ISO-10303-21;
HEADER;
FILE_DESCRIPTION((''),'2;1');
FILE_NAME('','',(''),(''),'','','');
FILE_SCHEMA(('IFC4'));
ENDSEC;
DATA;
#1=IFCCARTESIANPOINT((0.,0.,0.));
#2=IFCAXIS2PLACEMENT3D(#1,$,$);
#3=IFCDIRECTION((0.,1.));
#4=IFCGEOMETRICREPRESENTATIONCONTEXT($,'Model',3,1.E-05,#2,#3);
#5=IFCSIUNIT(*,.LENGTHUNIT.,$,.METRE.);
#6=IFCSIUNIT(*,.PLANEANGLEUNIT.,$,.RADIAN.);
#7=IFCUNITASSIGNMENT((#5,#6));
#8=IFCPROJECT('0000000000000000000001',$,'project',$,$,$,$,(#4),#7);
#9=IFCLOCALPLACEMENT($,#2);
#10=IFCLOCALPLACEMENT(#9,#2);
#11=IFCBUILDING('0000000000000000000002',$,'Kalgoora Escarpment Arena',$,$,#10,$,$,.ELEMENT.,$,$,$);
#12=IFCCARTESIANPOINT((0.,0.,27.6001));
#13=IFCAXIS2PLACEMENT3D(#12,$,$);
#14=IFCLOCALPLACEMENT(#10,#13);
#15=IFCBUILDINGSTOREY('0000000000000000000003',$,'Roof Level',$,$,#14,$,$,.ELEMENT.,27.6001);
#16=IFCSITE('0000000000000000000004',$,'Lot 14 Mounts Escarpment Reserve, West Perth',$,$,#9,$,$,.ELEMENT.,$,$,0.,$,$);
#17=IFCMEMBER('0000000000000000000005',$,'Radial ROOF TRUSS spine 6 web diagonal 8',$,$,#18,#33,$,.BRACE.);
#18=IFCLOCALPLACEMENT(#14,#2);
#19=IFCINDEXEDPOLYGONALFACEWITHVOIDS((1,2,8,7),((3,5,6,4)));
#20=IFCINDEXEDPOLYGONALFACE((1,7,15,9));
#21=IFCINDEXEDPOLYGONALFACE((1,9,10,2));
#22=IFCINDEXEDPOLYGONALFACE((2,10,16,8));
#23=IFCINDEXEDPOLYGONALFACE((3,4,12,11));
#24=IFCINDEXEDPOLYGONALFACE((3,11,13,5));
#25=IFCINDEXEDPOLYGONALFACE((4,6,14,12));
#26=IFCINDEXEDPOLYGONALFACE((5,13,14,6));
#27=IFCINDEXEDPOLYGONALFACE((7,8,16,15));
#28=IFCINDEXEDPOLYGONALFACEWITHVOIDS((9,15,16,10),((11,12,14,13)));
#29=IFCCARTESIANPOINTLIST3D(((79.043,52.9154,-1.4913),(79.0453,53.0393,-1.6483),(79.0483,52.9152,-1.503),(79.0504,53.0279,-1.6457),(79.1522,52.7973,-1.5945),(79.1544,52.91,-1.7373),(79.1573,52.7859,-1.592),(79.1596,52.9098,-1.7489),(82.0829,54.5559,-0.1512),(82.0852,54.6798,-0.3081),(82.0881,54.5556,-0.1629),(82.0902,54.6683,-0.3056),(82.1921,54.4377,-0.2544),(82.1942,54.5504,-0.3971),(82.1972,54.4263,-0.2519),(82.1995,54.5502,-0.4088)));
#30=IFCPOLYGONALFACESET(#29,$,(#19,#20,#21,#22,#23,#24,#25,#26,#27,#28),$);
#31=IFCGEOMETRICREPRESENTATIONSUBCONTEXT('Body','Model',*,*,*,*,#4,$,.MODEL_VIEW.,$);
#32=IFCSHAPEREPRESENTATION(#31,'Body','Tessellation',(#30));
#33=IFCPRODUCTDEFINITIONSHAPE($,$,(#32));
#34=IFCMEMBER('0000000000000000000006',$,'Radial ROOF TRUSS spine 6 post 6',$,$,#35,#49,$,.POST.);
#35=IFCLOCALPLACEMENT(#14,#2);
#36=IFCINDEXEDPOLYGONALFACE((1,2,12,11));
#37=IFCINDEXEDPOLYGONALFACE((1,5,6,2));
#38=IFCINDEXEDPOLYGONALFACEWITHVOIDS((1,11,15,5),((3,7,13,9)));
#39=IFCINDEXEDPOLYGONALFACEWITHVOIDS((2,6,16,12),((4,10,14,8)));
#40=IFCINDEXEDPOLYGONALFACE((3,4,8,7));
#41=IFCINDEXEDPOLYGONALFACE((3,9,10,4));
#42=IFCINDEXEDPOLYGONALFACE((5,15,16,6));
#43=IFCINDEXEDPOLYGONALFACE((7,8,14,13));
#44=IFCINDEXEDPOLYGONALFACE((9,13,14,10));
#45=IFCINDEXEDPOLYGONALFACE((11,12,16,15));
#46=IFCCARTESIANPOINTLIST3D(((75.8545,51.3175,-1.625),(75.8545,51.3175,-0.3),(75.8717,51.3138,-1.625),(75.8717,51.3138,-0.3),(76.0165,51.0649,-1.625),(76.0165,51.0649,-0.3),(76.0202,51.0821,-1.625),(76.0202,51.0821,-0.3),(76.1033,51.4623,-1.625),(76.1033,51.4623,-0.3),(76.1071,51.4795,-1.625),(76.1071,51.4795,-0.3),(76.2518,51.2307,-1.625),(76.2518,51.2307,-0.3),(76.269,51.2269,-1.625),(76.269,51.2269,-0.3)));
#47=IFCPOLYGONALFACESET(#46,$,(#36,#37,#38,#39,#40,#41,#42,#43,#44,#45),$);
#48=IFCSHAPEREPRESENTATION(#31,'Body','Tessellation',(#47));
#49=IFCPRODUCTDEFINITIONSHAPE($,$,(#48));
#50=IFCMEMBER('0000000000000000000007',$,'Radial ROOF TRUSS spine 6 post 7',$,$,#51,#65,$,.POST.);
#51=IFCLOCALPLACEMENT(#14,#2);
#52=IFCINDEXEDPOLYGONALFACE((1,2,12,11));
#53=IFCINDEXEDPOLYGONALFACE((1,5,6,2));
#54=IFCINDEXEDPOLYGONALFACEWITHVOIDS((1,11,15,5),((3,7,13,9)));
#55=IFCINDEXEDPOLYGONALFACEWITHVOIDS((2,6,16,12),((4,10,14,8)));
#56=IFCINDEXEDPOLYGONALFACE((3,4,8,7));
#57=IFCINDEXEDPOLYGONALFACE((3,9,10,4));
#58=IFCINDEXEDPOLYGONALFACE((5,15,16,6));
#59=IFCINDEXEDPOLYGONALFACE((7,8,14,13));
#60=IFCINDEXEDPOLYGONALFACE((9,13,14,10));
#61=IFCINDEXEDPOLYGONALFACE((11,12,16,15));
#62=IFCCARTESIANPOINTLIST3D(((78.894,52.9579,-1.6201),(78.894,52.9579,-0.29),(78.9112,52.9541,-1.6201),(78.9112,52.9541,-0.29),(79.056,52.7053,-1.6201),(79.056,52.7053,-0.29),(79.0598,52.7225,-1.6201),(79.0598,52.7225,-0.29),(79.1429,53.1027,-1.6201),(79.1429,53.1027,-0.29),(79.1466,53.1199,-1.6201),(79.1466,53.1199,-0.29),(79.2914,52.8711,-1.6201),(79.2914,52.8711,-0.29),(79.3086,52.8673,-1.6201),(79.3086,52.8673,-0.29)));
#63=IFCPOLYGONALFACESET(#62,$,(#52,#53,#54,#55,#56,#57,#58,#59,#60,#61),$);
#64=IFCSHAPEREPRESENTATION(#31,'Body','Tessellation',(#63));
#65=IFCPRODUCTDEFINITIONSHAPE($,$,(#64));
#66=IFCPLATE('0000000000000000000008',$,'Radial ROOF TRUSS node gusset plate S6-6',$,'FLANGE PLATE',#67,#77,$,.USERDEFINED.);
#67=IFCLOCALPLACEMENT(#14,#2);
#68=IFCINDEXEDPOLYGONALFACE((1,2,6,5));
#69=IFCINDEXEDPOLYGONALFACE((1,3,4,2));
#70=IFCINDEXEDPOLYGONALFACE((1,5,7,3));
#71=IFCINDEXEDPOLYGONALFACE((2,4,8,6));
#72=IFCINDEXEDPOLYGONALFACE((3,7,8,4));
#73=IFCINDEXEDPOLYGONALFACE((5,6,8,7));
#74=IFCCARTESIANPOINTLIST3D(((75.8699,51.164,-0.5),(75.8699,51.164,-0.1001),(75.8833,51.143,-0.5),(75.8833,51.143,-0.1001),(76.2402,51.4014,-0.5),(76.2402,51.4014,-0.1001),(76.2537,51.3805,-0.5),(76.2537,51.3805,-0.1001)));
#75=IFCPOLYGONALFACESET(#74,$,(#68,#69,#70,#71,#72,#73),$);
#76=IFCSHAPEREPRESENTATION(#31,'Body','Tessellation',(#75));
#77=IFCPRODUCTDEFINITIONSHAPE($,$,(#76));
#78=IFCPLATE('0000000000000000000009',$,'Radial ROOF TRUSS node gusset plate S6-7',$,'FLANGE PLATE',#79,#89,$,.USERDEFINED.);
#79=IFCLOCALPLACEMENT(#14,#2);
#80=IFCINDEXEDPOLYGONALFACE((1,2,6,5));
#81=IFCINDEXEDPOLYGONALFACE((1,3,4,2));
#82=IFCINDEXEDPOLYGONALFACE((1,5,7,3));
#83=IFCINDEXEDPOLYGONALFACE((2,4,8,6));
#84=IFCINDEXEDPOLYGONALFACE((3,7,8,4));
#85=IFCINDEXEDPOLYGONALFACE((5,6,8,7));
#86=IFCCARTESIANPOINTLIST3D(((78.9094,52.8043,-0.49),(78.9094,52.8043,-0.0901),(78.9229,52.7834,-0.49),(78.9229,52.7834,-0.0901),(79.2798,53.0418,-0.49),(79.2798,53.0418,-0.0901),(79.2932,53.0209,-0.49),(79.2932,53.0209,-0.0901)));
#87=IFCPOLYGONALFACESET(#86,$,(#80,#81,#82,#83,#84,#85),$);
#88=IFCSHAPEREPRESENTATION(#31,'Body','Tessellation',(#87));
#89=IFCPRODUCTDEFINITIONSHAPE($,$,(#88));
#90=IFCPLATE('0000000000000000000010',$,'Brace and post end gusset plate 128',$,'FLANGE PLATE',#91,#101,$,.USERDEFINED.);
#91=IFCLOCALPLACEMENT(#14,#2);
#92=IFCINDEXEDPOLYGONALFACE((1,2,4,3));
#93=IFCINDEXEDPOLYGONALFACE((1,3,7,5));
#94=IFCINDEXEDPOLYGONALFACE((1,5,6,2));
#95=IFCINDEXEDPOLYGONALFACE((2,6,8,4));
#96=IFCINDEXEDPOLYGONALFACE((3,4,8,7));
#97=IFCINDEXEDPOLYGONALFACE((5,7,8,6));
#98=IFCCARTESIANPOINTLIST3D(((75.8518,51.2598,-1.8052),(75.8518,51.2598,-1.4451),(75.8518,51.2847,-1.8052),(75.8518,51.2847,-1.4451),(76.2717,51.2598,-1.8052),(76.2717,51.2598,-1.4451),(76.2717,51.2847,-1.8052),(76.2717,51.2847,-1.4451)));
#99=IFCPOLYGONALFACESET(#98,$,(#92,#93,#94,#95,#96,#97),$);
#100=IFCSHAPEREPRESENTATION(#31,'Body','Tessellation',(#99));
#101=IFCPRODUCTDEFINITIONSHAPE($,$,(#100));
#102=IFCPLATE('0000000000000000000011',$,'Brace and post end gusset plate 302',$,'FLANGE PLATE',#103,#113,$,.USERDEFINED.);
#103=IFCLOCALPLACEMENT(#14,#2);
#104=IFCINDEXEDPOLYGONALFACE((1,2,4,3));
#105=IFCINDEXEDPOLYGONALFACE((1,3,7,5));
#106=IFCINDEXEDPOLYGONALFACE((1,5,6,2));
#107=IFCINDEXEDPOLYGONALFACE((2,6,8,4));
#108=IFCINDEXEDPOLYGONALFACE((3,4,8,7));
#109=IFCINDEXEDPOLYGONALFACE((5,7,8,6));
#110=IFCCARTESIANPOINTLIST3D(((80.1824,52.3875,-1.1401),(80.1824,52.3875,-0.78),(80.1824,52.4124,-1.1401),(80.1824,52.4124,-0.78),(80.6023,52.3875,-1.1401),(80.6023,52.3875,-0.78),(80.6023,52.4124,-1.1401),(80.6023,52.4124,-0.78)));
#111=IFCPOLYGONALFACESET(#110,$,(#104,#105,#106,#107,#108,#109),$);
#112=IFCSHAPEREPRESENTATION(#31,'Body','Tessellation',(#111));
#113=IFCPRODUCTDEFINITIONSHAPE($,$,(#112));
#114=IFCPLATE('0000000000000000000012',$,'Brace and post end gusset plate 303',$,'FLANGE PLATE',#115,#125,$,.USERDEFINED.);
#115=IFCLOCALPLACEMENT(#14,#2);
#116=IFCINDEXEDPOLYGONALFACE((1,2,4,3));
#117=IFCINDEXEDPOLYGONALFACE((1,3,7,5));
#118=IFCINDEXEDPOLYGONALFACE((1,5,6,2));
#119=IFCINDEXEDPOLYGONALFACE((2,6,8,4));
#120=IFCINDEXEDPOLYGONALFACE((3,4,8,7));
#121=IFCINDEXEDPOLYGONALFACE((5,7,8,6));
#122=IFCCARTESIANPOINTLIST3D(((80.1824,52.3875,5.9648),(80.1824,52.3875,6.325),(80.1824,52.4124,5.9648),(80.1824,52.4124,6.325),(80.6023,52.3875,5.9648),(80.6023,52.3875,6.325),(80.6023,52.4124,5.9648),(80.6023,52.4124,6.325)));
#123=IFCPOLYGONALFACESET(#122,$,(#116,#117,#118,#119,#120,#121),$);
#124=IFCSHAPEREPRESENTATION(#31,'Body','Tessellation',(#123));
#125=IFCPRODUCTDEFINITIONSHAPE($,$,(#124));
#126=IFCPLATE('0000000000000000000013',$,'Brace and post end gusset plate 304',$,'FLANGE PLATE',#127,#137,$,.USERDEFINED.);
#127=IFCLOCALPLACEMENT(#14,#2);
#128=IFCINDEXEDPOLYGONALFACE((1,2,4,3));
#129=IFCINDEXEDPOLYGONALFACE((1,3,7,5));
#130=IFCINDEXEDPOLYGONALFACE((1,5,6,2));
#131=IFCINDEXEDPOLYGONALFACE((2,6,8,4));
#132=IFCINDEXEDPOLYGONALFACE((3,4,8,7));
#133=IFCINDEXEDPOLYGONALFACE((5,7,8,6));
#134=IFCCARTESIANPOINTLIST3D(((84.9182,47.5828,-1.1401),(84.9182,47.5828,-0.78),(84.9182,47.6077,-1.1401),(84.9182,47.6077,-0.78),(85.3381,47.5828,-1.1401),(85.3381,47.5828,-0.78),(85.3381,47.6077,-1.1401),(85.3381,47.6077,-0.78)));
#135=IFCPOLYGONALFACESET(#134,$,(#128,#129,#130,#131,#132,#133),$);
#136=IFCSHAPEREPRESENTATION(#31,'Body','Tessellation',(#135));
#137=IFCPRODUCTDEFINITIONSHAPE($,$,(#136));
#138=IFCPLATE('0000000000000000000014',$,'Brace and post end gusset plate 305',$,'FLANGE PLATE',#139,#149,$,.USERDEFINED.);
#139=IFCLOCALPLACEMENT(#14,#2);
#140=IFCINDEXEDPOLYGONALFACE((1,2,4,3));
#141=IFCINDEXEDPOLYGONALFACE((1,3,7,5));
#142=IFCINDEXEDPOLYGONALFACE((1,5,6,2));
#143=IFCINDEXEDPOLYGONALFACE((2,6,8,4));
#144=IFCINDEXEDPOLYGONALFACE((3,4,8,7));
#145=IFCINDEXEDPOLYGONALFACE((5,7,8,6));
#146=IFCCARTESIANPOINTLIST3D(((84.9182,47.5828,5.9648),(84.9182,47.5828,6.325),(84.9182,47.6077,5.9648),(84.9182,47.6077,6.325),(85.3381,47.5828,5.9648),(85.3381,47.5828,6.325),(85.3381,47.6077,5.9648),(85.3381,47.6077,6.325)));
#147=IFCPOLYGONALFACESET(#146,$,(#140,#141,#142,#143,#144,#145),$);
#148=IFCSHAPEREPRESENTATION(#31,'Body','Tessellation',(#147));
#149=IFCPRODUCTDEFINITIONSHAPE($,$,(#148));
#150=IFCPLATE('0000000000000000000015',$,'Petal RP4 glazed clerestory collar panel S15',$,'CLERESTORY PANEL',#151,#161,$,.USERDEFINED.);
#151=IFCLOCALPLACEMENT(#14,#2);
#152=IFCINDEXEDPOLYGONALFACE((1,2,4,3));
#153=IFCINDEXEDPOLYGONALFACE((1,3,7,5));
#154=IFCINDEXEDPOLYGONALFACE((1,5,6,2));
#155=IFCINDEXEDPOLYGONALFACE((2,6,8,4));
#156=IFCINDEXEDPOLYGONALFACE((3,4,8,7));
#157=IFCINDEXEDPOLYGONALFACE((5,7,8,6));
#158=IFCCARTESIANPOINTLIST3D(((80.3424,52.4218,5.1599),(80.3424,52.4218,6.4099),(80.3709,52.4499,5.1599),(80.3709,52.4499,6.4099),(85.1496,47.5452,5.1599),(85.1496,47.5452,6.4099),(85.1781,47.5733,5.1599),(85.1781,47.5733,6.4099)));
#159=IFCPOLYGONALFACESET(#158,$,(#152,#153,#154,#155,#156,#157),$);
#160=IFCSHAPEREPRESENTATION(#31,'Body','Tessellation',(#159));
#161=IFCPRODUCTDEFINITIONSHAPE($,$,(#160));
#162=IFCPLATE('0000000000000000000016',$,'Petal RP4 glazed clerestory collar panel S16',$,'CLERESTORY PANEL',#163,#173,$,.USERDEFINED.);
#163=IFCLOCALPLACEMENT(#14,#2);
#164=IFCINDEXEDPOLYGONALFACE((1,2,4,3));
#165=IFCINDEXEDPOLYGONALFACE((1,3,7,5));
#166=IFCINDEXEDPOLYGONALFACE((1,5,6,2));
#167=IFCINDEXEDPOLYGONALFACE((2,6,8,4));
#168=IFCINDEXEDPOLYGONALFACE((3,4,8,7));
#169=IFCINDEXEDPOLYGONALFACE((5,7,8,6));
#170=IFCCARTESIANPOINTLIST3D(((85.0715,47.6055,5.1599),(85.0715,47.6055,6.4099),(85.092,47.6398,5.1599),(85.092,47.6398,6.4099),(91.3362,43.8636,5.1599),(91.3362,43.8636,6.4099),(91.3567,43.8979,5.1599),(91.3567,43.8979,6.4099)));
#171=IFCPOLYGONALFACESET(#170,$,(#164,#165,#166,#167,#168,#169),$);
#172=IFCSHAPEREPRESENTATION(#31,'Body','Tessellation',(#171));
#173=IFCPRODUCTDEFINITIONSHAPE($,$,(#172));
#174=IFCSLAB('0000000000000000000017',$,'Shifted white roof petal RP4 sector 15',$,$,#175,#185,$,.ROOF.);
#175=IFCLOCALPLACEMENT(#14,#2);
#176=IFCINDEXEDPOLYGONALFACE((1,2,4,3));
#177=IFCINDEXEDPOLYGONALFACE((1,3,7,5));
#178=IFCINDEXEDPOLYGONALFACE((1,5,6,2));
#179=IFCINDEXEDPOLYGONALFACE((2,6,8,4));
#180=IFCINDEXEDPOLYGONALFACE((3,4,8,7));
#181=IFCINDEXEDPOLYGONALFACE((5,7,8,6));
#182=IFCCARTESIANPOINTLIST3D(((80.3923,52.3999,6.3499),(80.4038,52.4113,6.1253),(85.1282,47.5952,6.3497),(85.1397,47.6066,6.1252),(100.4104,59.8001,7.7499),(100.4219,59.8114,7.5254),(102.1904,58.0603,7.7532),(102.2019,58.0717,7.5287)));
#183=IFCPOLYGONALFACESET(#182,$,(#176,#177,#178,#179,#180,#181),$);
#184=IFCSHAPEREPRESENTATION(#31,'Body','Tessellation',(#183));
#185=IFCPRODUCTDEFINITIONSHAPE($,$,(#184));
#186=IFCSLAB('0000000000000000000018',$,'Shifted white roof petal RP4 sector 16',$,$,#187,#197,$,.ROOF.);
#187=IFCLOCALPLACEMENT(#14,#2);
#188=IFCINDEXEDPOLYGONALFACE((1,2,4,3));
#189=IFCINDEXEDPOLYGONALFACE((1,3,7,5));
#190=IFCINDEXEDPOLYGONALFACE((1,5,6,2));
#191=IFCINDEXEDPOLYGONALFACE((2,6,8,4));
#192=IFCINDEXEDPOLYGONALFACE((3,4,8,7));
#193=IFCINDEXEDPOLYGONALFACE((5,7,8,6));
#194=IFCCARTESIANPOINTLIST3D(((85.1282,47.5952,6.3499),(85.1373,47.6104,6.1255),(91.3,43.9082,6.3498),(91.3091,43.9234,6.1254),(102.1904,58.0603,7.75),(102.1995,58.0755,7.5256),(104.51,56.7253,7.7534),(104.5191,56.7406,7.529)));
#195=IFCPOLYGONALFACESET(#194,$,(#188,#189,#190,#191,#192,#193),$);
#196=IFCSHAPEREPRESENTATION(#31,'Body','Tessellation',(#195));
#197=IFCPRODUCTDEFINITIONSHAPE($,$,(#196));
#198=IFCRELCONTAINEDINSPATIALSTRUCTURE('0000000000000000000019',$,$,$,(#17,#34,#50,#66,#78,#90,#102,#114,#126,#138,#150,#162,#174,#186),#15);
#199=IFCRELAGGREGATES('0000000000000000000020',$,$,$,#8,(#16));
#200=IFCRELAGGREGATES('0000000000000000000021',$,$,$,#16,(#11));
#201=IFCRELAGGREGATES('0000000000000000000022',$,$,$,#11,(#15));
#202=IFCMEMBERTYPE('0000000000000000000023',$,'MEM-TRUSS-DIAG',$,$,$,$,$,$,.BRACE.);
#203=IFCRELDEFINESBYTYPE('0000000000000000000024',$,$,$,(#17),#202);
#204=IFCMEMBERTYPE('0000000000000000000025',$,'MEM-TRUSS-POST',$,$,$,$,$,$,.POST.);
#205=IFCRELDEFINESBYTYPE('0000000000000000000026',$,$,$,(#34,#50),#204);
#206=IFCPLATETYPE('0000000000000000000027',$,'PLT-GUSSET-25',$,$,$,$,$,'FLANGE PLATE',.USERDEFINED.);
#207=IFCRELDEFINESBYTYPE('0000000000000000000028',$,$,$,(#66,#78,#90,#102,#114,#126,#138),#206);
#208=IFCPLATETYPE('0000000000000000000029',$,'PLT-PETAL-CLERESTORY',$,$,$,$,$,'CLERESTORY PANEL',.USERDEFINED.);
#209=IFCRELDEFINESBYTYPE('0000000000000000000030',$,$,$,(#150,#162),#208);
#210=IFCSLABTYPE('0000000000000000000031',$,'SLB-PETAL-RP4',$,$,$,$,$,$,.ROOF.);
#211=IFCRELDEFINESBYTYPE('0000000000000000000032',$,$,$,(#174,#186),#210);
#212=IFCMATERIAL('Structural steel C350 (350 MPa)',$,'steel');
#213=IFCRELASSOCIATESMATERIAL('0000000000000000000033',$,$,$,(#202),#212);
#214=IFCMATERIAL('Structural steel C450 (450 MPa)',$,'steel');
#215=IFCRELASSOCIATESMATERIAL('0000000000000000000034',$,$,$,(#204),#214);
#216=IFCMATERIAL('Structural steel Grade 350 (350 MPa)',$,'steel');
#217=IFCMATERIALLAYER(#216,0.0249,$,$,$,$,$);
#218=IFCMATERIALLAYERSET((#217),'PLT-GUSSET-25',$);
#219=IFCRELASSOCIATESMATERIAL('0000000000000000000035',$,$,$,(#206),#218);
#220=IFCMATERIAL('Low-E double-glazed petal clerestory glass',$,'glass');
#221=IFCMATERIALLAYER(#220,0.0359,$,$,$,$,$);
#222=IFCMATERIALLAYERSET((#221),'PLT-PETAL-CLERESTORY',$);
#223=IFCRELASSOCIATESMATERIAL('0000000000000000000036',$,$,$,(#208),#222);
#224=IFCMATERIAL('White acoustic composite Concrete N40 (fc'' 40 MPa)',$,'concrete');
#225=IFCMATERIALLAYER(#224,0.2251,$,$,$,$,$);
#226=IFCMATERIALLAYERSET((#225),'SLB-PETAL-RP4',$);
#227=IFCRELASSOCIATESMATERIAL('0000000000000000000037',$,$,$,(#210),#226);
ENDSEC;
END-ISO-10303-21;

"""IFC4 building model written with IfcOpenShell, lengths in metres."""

from ifc_helpers import new_model, si_unit, direction, frame, origin, origin_2d, place, context, subcontext, project, spatial, polyline, rectangle, hollow_rectangle, outline, extrude, material, layer, layer_set, material_profile, profile_set, type_object, element, save


model = new_model("IFC4")

# Units and contexts
model_context = context("Model", 3, precision=1e-05, world=origin(), true_north=direction((0.0, 1.0)))
body_context = subcontext(model_context, "Body", "Model", "MODEL_VIEW")
ifc_project = project(units=[si_unit("LENGTHUNIT", "METRE"), si_unit("PLANEANGLEUNIT", "RADIAN")], contexts=[model_context])

# Site, building, storey
site_placement = place(None, origin())
site = spatial("IfcSite", under=ifc_project, at=site_placement, Name="Lot 14 Mounts Escarpment Reserve, West Perth", CompositionType="ELEMENT", RefElevation=0.0)
building_placement = place(site_placement, origin())
building = spatial("IfcBuilding", under=site, at=building_placement, Name="Kalgoora Escarpment Arena", CompositionType="ELEMENT")
storey_placement = place(building_placement, frame((0.0, 0.0, 27.6001)))
storey = spatial("IfcBuildingStorey", under=building, at=storey_placement, Name="Roof Level", CompositionType="ELEMENT", Elevation=27.6001)

# Members
ifc_material_1 = material(Name="Structural steel C350 (350 MPa)", Category="steel")
ifc_material_profile_1 = material_profile(ifc_material_1, hollow_rectangle(XDim=0.2, YDim=0.2, WallThickness=0.009, at=origin_2d()))
ifc_profile_set_1 = profile_set([ifc_material_profile_1], Name="Structural steel C350 (350 MPa)")
member_type_1 = type_object("IfcMemberType", Name="MEM-TRUSS-DIAG", PredefinedType="BRACE", material=ifc_profile_set_1)
member_1_placement = place(storey_placement, frame((79.1013, 52.9126, -1.6201), z_axis=(0.820457, 0.442748, 0.361697), x_axis=(-0.57159, 0.64809, 0.503253)))
element("IfcMember", 1, at=member_1_placement, inside=storey, type_object=member_type_1, Name="Radial ROOF TRUSS spine 6 web diagonal 8", PredefinedType="BRACE", context=body_context, shape_type="SweptSolid", body=[
    extrude(hollow_rectangle(XDim=0.2, YDim=0.2, WallThickness=0.009, at=origin_2d()), origin(), (0.0, 0.0, 1.0), 3.7051),
])
ifc_material_2 = material(Name="Structural steel C450 (450 MPa)", Category="steel")
ifc_material_profile_2 = material_profile(ifc_material_2, hollow_rectangle(XDim=0.3, YDim=0.3, WallThickness=0.0125, at=origin_2d()))
ifc_profile_set_2 = profile_set([ifc_material_profile_2], Name="Structural steel C450 (450 MPa)")
member_type_2 = type_object("IfcMemberType", Name="MEM-TRUSS-POST", PredefinedType="POST", material=ifc_profile_set_2)
member_2_placement = place(storey_placement, frame((76.0618, 51.2722, -1.625), z_axis=(0.0, 0.0, 1.0), x_axis=(0.841794, 0.5398, 0.0)))
element("IfcMember", 2, at=member_2_placement, inside=storey, type_object=member_type_2, Name="Radial ROOF TRUSS spine 6 post 6", PredefinedType="POST", context=body_context, shape_type="SweptSolid", body=[
    extrude(hollow_rectangle(XDim=0.3, YDim=0.3, WallThickness=0.0125, at=origin_2d()), origin(), (0.0, 0.0, 1.0), 1.325),
])
member_3_placement = place(storey_placement, frame((79.1013, 52.9126, -1.6201), z_axis=(0.0, 0.0, 1.0), x_axis=(0.841794, 0.5398, 0.0)))
element("IfcMember", 3, at=member_3_placement, inside=storey, type_object=member_type_2, Name="Radial ROOF TRUSS spine 6 post 7", PredefinedType="POST", context=body_context, shape_type="SweptSolid", body=[
    extrude(hollow_rectangle(XDim=0.3, YDim=0.3, WallThickness=0.0125, at=origin_2d()), origin(), (0.0, 0.0, 1.0), 1.3301),
])

# Plates
ifc_material_3 = material(Name="Structural steel Grade 350 (350 MPa)", Category="steel")
ifc_layer_1 = layer(ifc_material_3, 0.0249)
ifc_layer_set_1 = layer_set([ifc_layer_1], Name="PLT-GUSSET-25")
plate_type_1 = type_object("IfcPlateType", Name="PLT-GUSSET-25", ElementType="FLANGE PLATE", PredefinedType="USERDEFINED", material=ifc_layer_set_1)
for number, where, z_axis, x_axis, name in (
    (4, (76.0618, 51.2722, -0.5), (0.0, 0.0, 1.0), (0.841794, 0.5398, 0.0), "Radial ROOF TRUSS node gusset plate S6-6"),
    (5, (79.1013, 52.9126, -0.49), (0.0, 0.0, 1.0), (0.841794, 0.5398, 0.0), "Radial ROOF TRUSS node gusset plate S6-7"),
):
    element("IfcPlate", number, at=place(storey_placement, frame(where, z_axis=z_axis, x_axis=x_axis)), inside=storey, type_object=plate_type_1, Name=name, ObjectType="FLANGE PLATE", PredefinedType="USERDEFINED", context=body_context, shape_type="SweptSolid", body=[
        extrude(rectangle(XDim=0.4399, YDim=0.0249, at=origin_2d()), origin(), (0.0, 0.0, 1.0), 0.3999),
    ])
for number, where, z_axis, x_axis, name in (
    (6, (76.0618, 51.2722, -1.8052), (0.0, 0.0, 1.0), (1.0, 0.0, 0.0), "Brace and post end gusset plate 128"),
    (7, (80.3923, 52.3999, -1.1401), (0.0, 0.0, 1.0), (1.0, 0.0, 0.0), "Brace and post end gusset plate 302"),
    (8, (80.3923, 52.3999, 5.9648), (0.0, 0.0, 1.0), (1.0, 0.0, 0.0), "Brace and post end gusset plate 303"),
    (9, (85.1282, 47.5952, -1.1401), (0.0, 0.0, 1.0), (1.0, 0.0, 0.0), "Brace and post end gusset plate 304"),
    (10, (85.1282, 47.5952, 5.9648), (0.0, 0.0, 1.0), (1.0, 0.0, 0.0), "Brace and post end gusset plate 305"),
):
    element("IfcPlate", number, at=place(storey_placement, frame(where, z_axis=z_axis, x_axis=x_axis)), inside=storey, type_object=plate_type_1, Name=name, ObjectType="FLANGE PLATE", PredefinedType="USERDEFINED", context=body_context, shape_type="SweptSolid", body=[
        extrude(rectangle(XDim=0.4199, YDim=0.0249, at=origin_2d()), origin(), (0.0, 0.0, 1.0), 0.3601),
    ])
ifc_material_4 = material(Name="Low-E double-glazed petal clerestory glass", Category="glass")
ifc_layer_2 = layer(ifc_material_4, 0.0359)
ifc_layer_set_2 = layer_set([ifc_layer_2], Name="PLT-PETAL-CLERESTORY")
plate_type_2 = type_object("IfcPlateType", Name="PLT-PETAL-CLERESTORY", ElementType="CLERESTORY PANEL", PredefinedType="USERDEFINED", material=ifc_layer_set_2)
plate_1_placement = place(storey_placement, frame((82.7603, 49.9976, 5.1599), z_axis=(0.0, 0.0, 1.0), x_axis=(0.702029, -0.712149, 0.0)))
element("IfcPlate", 11, at=plate_1_placement, inside=storey, type_object=plate_type_2, Name="Petal RP4 glazed clerestory collar panel S15", ObjectType="CLERESTORY PANEL", PredefinedType="USERDEFINED", context=body_context, shape_type="SweptSolid", body=[
    extrude(rectangle(XDim=6.8477, YDim=0.04, at=origin_2d()), origin(), (0.0, 0.0, 1.0), 1.25),
])
plate_2_placement = place(storey_placement, frame((88.2141, 45.7517, 5.1599), z_axis=(0.0, 0.0, 1.0), x_axis=(0.858513, -0.512792, 0.0)))
element("IfcPlate", 12, at=plate_2_placement, inside=storey, type_object=plate_type_2, Name="Petal RP4 glazed clerestory collar panel S16", ObjectType="CLERESTORY PANEL", PredefinedType="USERDEFINED", context=body_context, shape_type="SweptSolid", body=[
    extrude(rectangle(XDim=7.2971, YDim=0.04, at=origin_2d()), origin(), (0.0, 0.0, 1.0), 1.25),
])

# Slabs
ifc_material_5 = material(Name="White acoustic composite Concrete N40 (fc' 40 MPa)", Category="concrete")
ifc_layer_3 = layer(ifc_material_5, 0.2251)
ifc_layer_set_3 = layer_set([ifc_layer_3], Name="SLB-PETAL-RP4")
slab_type = type_object("IfcSlabType", Name="SLB-PETAL-RP4", PredefinedType="ROOF", material=ifc_layer_set_3)
slab_1_placement = place(storey_placement, frame((80.3923, 52.3999, 6.3499), z_axis=(-0.051121, -0.050414, 0.997419), x_axis=(0.701987, -0.71219, -0.000018)))
element("IfcSlab", 13, at=slab_1_placement, inside=storey, type_object=slab_type, Name="Shifted white roof petal RP4 sector 15", PredefinedType="ROOF", context=body_context, shape_type="SweptSolid", body=[
    extrude(outline(polyline([(0.0, 0.0), (6.7463, 0.0), (11.2707, 19.5484), (8.7821, 19.5018), (0.0, 0.0)])), origin(), (0.0, 0.0, -1.0), 0.2251),
])
slab_2_placement = place(storey_placement, frame((85.1282, 47.5952, 6.3499), z_axis=(-0.040362, -0.067569, 0.996898), x_axis=(0.85848, -0.512847, -0.000002)))
element("IfcSlab", 14, at=slab_2_placement, inside=storey, type_object=slab_type, Name="Shifted white roof petal RP4 sector 16", PredefinedType="ROOF", context=body_context, shape_type="SweptSolid", body=[
    extrude(outline(polyline([(0.0, 0.0), (7.1893, 0.0), (11.9566, 17.8333), (9.2806, 17.7896), (0.0, 0.0)])), origin(), (0.0, 0.0, -1.0), 0.2251),
])

save(model, "model.ifc")
